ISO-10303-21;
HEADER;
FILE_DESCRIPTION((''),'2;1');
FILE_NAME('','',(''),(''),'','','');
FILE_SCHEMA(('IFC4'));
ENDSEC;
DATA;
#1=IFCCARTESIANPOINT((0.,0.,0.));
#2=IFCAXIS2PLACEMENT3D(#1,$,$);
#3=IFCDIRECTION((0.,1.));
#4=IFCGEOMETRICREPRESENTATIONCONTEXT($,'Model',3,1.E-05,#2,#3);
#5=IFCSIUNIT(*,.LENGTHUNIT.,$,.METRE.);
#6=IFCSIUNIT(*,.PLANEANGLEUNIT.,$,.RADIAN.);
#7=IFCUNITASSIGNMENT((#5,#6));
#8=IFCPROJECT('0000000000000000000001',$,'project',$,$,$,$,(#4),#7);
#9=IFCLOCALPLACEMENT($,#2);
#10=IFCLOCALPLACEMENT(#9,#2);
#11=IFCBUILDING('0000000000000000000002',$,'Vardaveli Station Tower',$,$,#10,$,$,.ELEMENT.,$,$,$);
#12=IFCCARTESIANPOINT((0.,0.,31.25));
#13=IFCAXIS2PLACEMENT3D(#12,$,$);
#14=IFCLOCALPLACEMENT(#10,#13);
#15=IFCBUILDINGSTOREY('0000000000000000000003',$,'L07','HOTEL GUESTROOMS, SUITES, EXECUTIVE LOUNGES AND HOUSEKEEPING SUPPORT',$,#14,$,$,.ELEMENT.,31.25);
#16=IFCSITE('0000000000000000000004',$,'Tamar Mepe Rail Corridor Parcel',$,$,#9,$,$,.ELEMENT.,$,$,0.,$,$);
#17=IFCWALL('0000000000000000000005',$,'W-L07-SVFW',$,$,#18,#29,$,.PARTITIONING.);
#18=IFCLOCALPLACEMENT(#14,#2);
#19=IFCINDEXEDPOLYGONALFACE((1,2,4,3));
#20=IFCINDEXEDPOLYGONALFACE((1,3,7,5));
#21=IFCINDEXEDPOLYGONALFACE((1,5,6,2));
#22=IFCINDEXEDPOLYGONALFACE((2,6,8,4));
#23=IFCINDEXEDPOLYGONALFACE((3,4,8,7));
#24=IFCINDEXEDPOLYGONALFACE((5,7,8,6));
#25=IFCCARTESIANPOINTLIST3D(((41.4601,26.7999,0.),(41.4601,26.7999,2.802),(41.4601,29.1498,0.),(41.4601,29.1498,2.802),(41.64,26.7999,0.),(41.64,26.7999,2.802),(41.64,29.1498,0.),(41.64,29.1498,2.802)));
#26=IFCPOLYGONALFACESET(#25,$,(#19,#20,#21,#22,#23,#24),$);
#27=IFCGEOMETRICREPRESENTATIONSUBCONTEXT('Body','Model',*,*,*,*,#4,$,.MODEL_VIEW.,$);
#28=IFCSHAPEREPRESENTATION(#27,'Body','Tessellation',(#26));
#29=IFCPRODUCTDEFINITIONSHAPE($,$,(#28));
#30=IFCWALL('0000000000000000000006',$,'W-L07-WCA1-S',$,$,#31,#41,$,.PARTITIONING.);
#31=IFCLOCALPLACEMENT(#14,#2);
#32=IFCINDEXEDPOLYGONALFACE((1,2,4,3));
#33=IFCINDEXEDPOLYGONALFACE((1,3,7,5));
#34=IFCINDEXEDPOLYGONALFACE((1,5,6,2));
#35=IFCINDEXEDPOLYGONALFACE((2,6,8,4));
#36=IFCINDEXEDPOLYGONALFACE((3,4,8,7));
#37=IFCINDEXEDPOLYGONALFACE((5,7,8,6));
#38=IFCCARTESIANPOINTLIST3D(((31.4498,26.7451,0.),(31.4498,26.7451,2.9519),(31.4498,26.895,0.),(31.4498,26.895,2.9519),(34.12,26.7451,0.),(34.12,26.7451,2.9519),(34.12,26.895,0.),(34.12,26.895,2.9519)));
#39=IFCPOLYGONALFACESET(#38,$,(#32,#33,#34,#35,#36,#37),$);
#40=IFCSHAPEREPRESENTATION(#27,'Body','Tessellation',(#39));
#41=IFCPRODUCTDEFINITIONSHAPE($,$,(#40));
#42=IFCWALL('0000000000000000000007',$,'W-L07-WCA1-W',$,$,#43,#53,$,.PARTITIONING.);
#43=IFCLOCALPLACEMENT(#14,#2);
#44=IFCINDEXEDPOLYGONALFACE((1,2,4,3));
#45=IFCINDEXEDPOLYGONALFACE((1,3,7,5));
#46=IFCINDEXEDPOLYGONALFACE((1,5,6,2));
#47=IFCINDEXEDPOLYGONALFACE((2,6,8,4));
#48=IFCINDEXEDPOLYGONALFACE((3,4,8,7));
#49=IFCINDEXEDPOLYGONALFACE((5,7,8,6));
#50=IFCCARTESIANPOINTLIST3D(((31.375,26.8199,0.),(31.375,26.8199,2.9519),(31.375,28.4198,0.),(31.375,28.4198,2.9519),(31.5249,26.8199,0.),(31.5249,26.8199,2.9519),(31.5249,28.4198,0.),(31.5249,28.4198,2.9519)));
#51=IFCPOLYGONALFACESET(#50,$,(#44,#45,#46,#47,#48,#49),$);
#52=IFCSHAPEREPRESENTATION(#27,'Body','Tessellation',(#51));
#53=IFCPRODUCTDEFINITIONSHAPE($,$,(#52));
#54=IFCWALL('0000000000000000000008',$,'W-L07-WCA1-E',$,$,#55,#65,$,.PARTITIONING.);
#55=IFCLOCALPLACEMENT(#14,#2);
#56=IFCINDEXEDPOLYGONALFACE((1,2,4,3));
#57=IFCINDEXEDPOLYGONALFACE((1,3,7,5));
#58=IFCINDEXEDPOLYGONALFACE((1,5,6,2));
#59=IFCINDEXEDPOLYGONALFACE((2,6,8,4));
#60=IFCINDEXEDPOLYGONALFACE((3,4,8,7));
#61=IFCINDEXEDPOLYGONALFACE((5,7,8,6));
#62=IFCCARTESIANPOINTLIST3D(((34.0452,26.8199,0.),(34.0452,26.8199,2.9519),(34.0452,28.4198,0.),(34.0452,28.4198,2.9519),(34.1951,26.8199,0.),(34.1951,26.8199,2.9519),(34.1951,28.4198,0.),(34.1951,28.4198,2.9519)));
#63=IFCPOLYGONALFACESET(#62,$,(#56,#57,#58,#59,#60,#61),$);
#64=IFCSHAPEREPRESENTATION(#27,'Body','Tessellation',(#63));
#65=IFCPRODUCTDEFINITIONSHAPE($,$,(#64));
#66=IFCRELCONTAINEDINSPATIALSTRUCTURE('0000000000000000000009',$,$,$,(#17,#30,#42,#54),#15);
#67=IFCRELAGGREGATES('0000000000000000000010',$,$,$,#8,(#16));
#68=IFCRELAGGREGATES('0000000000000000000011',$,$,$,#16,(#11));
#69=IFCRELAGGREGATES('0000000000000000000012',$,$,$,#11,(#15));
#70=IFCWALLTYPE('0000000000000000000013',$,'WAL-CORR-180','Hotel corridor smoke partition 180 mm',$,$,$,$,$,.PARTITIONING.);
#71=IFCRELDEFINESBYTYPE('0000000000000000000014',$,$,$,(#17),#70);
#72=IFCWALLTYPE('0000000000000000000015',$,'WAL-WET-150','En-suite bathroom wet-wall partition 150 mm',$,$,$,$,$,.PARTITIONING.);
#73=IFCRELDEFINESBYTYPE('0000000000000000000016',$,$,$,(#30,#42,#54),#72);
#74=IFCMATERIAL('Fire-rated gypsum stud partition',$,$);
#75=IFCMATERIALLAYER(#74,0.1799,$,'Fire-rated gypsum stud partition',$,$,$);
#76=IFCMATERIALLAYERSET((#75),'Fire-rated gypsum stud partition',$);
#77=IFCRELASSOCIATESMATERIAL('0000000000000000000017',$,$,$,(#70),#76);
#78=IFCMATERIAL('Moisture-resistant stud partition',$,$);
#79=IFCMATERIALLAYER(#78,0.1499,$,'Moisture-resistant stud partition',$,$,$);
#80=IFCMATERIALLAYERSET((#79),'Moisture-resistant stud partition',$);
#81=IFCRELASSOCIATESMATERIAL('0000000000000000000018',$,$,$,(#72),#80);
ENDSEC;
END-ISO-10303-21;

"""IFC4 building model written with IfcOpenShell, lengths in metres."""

from ifc_helpers import new_model, si_unit, direction, frame, frame_2d, origin, place, context, subcontext, project, spatial, rectangle, extrude, source, transform, mapped, material, layer, layer_set, type_object, element, save


model = new_model("IFC4")

# Units and contexts
model_context = context("Model", 3, precision=1e-05, world=origin(), true_north=direction((0.0, 1.0)))
body_context = subcontext(model_context, "Body", "Model", "MODEL_VIEW")
ifc_project = project(units=[si_unit("LENGTHUNIT", "METRE"), si_unit("PLANEANGLEUNIT", "RADIAN")], contexts=[model_context])

# Site, building, storey
site_placement = place(None, origin())
site = spatial("IfcSite", under=ifc_project, at=site_placement, Name="Tamar Mepe Rail Corridor Parcel", CompositionType="ELEMENT", RefElevation=0.0)
building_placement = place(site_placement, origin())
building = spatial("IfcBuilding", under=site, at=building_placement, Name="Vardaveli Station Tower", CompositionType="ELEMENT")
storey_placement = place(building_placement, frame((0.0, 0.0, 31.25)))
storey = spatial("IfcBuildingStorey", under=building, at=storey_placement, Name="L07", Description="HOTEL GUESTROOMS, SUITES, EXECUTIVE LOUNGES AND HOUSEKEEPING SUPPORT", CompositionType="ELEMENT", Elevation=31.25)

# Walls
ifc_material_1 = material(Name="Fire-rated gypsum stud partition")
ifc_layer_1 = layer(ifc_material_1, 0.1799, Name="Fire-rated gypsum stud partition")
ifc_layer_set_1 = layer_set([ifc_layer_1], Name="Fire-rated gypsum stud partition")
wall_type_1 = type_object("IfcWallType", Name="WAL-CORR-180", Description="Hotel corridor smoke partition 180 mm", PredefinedType="PARTITIONING", material=ifc_layer_set_1)
shared_shape_1 = source(origin(), body_context, "Body", "SweptSolid", [
    extrude(rectangle(XDim=2.3499, YDim=0.1799, at=frame_2d((1.1748, 0.0))), origin(), (0.0, 0.0, 1.0), 2.802),
])
wall_1_placement = place(storey_placement, frame((41.55, 26.8, 0.0), z_axis=(0.0, 0.0, 1.0), x_axis=(0.0, 1.0, 0.0)))
element("IfcWall", 1, at=wall_1_placement, inside=storey, type_object=wall_type_1, Name="W-L07-SVFW", PredefinedType="PARTITIONING", context=body_context, shape_type="MappedRepresentation", body=[
    mapped(shared_shape_1, transform((0.0, 0.0, 0.0), scale=1.0)),
])
ifc_material_2 = material(Name="Moisture-resistant stud partition")
ifc_layer_2 = layer(ifc_material_2, 0.1499, Name="Moisture-resistant stud partition")
ifc_layer_set_2 = layer_set([ifc_layer_2], Name="Moisture-resistant stud partition")
wall_type_2 = type_object("IfcWallType", Name="WAL-WET-150", Description="En-suite bathroom wet-wall partition 150 mm", PredefinedType="PARTITIONING", material=ifc_layer_set_2)
shared_shape_2 = source(origin(), body_context, "Body", "SweptSolid", [
    extrude(rectangle(XDim=2.6702, YDim=0.1499, at=frame_2d((1.335, 0.0))), origin(), (0.0, 0.0, 1.0), 2.9519),
])
wall_2_placement = place(storey_placement, frame((31.45, 26.8201, 0.0), z_axis=(0.0, 0.0, 1.0), x_axis=(1.0, 0.0, 0.0)))
element("IfcWall", 2, at=wall_2_placement, inside=storey, type_object=wall_type_2, Name="W-L07-WCA1-S", PredefinedType="PARTITIONING", context=body_context, shape_type="MappedRepresentation", body=[
    mapped(shared_shape_2, transform((0.0, 0.0, 0.0), scale=1.0)),
])
shared_shape_3 = source(origin(), body_context, "Body", "SweptSolid", [
    extrude(rectangle(XDim=1.5999, YDim=0.1499, at=frame_2d((0.7998, 0.0))), origin(), (0.0, 0.0, 1.0), 2.9519),
])
for number, where, z_axis, x_axis, name in (
    (3, (31.45, 26.8201, 0.0), (0.0, 0.0, 1.0), (0.0, 1.0, 0.0), "W-L07-WCA1-W"),
    (4, (34.1201, 26.8201, 0.0), (0.0, 0.0, 1.0), (0.0, 1.0, 0.0), "W-L07-WCA1-E"),
):
    element("IfcWall", number, at=place(storey_placement, frame(where, z_axis=z_axis, x_axis=x_axis)), inside=storey, type_object=wall_type_2, Name=name, PredefinedType="PARTITIONING", context=body_context, shape_type="MappedRepresentation", body=[
        mapped(shared_shape_3, transform((0.0, 0.0, 0.0), scale=1.0)),
    ])

save(model, "model.ifc")
